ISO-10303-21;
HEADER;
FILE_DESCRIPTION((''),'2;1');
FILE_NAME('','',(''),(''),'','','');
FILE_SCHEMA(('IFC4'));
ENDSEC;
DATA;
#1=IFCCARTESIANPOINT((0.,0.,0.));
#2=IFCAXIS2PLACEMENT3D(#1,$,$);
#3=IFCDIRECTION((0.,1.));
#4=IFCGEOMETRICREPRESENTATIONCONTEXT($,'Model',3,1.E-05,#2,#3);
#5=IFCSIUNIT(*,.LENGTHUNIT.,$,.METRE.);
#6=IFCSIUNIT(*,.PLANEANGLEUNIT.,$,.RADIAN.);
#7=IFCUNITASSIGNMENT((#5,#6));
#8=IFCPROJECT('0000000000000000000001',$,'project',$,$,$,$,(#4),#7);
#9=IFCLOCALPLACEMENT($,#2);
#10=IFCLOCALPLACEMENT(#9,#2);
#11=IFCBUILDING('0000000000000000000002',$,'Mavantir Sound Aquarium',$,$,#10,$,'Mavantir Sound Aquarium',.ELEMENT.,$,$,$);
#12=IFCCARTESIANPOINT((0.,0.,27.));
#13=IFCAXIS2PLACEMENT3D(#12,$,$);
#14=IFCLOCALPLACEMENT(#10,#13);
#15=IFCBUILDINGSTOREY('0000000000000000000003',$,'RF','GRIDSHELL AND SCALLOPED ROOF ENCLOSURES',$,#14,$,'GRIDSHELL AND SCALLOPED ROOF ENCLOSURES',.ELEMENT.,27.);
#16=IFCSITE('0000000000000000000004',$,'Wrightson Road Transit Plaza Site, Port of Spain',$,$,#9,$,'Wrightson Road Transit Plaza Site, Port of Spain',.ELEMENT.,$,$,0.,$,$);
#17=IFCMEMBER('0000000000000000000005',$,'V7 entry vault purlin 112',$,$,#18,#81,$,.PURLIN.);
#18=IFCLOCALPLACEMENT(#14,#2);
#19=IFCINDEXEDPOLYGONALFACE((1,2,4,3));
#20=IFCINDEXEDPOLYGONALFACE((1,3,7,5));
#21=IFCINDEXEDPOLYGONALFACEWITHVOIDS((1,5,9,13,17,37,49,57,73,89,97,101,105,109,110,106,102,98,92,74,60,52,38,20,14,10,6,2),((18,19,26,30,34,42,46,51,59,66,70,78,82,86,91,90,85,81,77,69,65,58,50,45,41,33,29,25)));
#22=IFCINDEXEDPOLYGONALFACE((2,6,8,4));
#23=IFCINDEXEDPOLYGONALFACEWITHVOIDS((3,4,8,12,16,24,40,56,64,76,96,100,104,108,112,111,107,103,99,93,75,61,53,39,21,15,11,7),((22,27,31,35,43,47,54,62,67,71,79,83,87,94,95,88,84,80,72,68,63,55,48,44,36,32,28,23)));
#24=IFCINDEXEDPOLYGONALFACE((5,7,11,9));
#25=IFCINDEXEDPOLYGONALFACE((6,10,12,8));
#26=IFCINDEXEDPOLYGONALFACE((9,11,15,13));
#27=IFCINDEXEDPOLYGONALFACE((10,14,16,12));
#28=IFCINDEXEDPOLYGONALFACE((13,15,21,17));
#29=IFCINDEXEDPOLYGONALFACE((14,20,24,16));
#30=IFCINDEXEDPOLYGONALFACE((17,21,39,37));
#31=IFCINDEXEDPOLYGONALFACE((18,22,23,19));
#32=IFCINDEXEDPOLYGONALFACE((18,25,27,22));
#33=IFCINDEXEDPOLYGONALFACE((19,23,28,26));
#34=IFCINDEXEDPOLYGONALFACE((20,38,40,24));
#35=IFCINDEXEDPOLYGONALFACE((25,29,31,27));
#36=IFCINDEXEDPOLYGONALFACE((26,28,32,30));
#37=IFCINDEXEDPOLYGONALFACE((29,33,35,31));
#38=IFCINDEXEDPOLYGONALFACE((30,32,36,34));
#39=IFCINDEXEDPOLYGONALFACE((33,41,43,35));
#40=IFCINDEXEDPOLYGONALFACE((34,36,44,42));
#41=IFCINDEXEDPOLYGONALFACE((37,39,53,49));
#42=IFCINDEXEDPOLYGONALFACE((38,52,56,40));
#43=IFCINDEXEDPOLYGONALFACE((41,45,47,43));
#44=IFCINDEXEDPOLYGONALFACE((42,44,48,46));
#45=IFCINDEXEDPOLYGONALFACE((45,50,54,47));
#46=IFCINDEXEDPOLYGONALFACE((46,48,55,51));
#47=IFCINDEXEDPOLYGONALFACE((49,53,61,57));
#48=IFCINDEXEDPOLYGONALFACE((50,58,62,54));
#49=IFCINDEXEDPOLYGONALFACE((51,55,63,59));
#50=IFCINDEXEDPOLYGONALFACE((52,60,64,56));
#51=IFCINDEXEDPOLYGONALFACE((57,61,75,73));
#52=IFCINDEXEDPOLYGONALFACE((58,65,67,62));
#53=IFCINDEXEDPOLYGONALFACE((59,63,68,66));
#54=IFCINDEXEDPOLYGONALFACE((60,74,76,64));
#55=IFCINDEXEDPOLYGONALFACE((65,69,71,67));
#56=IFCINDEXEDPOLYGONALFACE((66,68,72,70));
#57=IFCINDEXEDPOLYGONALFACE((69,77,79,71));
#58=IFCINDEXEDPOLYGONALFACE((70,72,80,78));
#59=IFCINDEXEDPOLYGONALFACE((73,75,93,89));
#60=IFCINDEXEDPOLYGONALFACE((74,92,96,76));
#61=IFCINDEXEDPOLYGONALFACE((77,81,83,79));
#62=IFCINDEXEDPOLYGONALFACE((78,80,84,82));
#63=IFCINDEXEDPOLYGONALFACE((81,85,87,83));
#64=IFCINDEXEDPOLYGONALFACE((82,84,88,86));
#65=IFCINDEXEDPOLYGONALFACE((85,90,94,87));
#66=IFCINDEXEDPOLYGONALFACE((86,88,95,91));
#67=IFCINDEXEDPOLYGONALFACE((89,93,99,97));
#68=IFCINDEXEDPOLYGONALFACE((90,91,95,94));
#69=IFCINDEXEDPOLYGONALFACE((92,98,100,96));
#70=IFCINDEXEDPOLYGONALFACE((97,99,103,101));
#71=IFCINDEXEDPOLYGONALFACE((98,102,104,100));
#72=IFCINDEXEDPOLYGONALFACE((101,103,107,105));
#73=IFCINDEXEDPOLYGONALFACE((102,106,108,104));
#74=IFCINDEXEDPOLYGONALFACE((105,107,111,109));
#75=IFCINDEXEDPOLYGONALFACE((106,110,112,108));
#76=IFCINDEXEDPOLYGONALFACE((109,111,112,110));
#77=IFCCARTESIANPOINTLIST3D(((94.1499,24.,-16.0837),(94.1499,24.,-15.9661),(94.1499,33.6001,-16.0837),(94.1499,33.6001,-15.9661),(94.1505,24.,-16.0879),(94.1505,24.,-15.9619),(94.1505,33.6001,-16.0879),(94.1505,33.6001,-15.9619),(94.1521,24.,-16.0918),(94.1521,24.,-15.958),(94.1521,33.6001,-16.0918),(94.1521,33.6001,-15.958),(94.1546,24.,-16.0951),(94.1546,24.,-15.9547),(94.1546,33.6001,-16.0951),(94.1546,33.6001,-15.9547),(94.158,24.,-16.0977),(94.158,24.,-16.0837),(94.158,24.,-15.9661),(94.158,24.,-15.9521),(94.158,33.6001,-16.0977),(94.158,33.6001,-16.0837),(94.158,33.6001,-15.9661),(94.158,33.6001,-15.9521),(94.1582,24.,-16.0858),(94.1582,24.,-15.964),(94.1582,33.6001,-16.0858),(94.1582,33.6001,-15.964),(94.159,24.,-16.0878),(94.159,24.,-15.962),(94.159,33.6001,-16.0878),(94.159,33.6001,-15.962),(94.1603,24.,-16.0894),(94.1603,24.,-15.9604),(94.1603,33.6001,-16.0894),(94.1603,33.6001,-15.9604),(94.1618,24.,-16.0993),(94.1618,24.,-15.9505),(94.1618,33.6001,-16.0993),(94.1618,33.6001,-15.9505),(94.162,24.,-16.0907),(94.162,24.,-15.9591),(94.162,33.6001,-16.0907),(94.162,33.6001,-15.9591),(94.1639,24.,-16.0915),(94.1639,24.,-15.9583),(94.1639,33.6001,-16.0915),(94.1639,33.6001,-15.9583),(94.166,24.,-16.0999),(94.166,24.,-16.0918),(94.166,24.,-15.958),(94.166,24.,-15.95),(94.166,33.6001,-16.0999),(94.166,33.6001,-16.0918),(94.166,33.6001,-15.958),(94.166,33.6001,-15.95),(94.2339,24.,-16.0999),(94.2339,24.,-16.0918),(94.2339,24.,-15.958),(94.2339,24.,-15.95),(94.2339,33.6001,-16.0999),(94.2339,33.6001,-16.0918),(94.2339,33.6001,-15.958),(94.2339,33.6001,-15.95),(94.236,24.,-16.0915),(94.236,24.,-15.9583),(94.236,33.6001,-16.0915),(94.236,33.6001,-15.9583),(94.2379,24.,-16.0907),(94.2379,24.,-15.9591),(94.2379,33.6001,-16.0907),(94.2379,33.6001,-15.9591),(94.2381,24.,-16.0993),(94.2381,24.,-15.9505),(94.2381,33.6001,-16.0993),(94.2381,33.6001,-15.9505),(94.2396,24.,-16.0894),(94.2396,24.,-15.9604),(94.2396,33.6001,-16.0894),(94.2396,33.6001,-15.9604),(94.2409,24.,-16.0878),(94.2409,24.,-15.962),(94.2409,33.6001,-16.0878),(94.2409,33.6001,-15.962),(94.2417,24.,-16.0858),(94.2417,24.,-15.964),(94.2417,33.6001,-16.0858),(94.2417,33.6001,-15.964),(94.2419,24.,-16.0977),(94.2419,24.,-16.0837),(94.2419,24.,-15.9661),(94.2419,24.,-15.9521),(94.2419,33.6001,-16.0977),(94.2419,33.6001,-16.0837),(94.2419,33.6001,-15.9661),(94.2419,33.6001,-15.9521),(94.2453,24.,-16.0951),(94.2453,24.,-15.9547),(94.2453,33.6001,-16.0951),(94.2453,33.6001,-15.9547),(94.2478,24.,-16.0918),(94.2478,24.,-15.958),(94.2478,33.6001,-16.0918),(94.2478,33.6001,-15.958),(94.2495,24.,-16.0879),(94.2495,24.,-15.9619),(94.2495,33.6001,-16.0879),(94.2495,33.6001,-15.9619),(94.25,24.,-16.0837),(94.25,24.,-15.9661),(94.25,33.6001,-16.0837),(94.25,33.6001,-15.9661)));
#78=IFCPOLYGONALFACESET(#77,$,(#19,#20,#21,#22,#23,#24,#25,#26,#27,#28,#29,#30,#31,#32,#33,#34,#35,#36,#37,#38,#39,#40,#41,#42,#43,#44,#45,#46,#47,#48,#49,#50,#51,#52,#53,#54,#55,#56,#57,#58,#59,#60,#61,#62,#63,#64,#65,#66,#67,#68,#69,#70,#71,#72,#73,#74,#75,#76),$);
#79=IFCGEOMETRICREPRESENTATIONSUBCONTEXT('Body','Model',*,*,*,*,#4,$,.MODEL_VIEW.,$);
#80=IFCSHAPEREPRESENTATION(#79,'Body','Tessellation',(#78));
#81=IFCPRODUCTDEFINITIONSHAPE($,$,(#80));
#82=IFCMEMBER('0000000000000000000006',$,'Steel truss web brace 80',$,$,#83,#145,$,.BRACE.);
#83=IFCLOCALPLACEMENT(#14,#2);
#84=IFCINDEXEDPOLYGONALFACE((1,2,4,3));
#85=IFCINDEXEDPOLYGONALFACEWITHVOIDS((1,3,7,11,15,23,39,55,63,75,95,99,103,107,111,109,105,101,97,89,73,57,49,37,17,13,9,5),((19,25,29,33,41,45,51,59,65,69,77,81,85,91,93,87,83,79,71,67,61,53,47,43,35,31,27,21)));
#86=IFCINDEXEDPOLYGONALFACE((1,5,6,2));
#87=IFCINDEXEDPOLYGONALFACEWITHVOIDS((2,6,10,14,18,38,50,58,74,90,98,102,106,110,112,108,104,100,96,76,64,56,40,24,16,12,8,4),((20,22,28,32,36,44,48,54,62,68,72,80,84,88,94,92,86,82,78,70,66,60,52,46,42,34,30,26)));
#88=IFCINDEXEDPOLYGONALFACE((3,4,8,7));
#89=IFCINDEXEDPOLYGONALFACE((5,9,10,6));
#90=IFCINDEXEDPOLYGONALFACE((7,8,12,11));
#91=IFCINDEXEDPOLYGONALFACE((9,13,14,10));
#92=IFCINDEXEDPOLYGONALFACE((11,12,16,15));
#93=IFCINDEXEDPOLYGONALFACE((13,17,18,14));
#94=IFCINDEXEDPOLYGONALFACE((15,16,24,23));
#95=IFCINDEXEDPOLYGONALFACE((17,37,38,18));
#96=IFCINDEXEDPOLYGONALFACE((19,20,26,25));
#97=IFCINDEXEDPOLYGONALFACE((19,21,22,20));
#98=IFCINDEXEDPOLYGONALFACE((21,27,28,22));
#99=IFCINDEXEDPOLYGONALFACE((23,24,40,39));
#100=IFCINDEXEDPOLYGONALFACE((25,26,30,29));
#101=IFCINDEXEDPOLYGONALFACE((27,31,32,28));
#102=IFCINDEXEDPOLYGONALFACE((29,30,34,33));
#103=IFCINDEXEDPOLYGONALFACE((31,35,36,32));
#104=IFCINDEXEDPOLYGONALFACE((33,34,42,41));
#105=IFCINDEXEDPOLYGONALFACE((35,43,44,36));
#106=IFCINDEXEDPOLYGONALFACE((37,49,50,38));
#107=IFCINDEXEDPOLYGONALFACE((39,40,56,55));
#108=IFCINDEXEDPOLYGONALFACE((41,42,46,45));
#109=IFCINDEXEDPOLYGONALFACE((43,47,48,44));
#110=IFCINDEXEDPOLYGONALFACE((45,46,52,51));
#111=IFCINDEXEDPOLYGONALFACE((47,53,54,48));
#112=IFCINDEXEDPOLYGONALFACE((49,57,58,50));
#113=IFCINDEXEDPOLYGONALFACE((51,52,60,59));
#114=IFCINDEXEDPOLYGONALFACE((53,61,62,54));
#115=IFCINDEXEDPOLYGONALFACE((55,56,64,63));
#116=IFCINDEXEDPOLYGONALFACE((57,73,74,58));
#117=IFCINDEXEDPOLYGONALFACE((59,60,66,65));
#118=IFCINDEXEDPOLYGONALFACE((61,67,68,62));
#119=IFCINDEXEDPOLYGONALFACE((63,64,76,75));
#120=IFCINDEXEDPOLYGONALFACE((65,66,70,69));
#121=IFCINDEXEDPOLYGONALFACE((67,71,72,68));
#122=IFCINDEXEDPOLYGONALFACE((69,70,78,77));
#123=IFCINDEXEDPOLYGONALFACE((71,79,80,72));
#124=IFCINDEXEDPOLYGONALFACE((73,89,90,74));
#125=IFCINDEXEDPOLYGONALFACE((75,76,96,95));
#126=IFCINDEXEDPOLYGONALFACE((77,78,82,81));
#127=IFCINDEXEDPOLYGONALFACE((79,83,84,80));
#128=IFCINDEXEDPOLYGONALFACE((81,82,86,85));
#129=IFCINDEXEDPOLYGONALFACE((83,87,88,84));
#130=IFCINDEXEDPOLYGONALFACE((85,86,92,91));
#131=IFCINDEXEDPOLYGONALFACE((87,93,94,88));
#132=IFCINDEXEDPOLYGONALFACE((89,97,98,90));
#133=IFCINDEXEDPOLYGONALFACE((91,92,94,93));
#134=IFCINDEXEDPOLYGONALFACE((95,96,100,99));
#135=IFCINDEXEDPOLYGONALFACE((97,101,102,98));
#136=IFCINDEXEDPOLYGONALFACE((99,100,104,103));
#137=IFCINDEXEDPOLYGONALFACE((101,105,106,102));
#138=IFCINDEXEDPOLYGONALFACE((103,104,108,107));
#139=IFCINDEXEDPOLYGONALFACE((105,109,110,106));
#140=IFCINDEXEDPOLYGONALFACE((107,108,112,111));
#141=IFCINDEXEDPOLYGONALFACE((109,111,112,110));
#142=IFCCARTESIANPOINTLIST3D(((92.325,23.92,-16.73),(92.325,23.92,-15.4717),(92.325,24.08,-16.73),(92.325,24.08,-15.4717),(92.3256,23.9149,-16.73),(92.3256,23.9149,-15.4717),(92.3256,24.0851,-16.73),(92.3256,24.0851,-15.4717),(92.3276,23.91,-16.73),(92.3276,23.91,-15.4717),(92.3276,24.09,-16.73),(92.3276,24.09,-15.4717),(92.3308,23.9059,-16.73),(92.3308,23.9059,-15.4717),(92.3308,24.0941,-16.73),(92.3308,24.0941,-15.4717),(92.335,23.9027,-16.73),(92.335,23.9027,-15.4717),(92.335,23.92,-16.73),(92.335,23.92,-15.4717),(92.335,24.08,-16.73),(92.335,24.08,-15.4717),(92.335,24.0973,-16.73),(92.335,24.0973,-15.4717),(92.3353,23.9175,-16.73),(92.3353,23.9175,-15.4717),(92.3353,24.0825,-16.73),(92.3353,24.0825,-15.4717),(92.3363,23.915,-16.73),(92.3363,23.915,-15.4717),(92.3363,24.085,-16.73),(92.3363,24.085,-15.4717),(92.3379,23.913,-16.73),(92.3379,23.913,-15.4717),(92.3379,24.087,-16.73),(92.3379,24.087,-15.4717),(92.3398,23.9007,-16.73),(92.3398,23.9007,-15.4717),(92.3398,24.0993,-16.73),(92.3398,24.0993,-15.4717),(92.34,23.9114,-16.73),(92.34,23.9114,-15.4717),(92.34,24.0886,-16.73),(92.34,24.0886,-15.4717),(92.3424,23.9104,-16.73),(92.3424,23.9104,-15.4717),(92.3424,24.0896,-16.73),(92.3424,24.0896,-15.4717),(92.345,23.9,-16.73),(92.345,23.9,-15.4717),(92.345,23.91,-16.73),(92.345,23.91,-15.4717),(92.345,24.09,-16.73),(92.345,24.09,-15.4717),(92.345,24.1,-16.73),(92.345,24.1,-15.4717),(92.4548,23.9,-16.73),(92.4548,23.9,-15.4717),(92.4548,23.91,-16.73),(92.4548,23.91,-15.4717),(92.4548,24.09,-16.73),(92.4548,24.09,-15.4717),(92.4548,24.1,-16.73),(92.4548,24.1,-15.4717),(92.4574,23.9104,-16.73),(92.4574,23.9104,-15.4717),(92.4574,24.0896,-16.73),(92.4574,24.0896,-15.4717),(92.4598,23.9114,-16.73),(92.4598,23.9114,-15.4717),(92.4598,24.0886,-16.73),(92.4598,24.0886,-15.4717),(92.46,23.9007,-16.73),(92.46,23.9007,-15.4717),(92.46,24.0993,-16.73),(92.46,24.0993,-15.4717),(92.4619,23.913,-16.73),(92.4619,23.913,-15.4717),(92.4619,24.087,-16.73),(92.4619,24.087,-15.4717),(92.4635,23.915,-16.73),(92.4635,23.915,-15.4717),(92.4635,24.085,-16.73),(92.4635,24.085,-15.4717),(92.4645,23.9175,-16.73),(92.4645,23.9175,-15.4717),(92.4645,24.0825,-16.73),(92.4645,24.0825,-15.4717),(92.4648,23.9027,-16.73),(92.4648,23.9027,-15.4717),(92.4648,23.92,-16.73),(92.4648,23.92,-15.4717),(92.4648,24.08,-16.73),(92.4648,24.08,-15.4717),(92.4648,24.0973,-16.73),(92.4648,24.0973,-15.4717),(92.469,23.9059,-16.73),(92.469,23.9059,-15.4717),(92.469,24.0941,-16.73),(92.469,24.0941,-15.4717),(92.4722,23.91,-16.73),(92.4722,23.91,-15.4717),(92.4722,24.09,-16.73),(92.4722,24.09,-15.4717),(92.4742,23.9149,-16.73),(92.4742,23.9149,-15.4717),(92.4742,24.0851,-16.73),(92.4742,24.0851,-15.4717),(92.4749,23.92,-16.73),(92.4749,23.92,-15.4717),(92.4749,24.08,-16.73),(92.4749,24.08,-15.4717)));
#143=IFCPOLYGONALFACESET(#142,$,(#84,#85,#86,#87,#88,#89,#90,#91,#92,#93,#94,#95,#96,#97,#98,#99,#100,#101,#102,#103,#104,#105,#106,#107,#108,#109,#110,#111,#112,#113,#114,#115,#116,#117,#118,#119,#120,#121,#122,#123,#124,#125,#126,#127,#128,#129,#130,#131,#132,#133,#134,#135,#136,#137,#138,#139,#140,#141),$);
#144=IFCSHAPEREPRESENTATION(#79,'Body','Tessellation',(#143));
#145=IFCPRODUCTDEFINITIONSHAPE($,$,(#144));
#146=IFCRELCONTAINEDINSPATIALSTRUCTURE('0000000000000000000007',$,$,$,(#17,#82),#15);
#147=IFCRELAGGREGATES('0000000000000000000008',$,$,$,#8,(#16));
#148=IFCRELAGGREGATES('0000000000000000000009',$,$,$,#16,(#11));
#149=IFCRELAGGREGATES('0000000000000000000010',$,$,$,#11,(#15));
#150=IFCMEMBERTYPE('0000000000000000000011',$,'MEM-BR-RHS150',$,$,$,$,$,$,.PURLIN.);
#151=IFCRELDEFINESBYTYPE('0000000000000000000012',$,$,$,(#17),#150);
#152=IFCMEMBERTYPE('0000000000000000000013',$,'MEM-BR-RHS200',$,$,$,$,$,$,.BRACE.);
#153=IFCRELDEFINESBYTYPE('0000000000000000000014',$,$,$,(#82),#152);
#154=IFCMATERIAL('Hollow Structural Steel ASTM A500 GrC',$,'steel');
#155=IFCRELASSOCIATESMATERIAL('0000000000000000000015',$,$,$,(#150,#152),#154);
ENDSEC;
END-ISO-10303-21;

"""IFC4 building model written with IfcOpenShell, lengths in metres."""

from ifc_helpers import new_model, si_unit, direction, frame, origin, origin_2d, place, context, subcontext, project, spatial, hollow_rectangle, extrude, material, material_profile, profile_set, type_object, element, save


model = new_model("IFC4")

# Units and contexts
model_context = context("Model", 3, precision=1e-05, world=origin(), true_north=direction((0.0, 1.0)))
body_context = subcontext(model_context, "Body", "Model", "MODEL_VIEW")
ifc_project = project(units=[si_unit("LENGTHUNIT", "METRE"), si_unit("PLANEANGLEUNIT", "RADIAN")], contexts=[model_context])

# Site, building, storey
site_placement = place(None, origin())
site = spatial("IfcSite", under=ifc_project, at=site_placement, Name="Wrightson Road Transit Plaza Site, Port of Spain", LongName="Wrightson Road Transit Plaza Site, Port of Spain", CompositionType="ELEMENT", RefElevation=0.0)
building_placement = place(site_placement, origin())
building = spatial("IfcBuilding", under=site, at=building_placement, Name="Mavantir Sound Aquarium", LongName="Mavantir Sound Aquarium", CompositionType="ELEMENT")
storey_placement = place(building_placement, frame((0.0, 0.0, 27.0)))
storey = spatial("IfcBuildingStorey", under=building, at=storey_placement, Name="RF", Description="GRIDSHELL AND SCALLOPED ROOF ENCLOSURES", LongName="GRIDSHELL AND SCALLOPED ROOF ENCLOSURES", CompositionType="ELEMENT", Elevation=27.0)

# Shared definitions
ifc_material_1 = material(Name="Hollow Structural Steel ASTM A500 GrC", Category="steel")

# Members
ifc_material_profile_1 = material_profile(ifc_material_1, hollow_rectangle(XDim=0.1001, YDim=0.1499, WallThickness=0.0081, InnerFilletRadius=0.0081, OuterFilletRadius=0.0161, at=origin_2d()), Name="RHS 150X100X8")
ifc_profile_set_1 = profile_set([ifc_material_profile_1], Name="Hollow Structural Steel ASTM A500 GrC")
member_type_1 = type_object("IfcMemberType", Name="MEM-BR-RHS150", PredefinedType="PURLIN", material=ifc_profile_set_1)
for number, where, z_axis, x_axis, name in (
    (1, (94.2, 24.0, -16.0249), (0.0, 1.0, 0.0), (-1.0, 0.0, 0.0), "V7 entry vault purlin 112"),
):
    element("IfcMember", number, at=place(storey_placement, frame(where, z_axis=z_axis, x_axis=x_axis)), inside=storey, type_object=member_type_1, Name=name, PredefinedType="PURLIN", context=body_context, shape_type="SweptSolid", body=[
        extrude(hollow_rectangle(XDim=0.1001, YDim=0.1499, WallThickness=0.0081, InnerFilletRadius=0.0081, OuterFilletRadius=0.0161, at=origin_2d()), origin(), (0.0, 0.0, 1.0), 9.6001),
    ])
ifc_material_profile_2 = material_profile(ifc_material_1, hollow_rectangle(XDim=0.1499, YDim=0.2, WallThickness=0.01, InnerFilletRadius=0.01, OuterFilletRadius=0.02, at=origin_2d()), Name="RHS 200X150X10")
ifc_profile_set_2 = profile_set([ifc_material_profile_2], Name="Hollow Structural Steel ASTM A500 GrC")
member_type_2 = type_object("IfcMemberType", Name="MEM-BR-RHS200", PredefinedType="BRACE", material=ifc_profile_set_2)
member_1_placement = place(storey_placement, frame((92.3999, 24.0, -16.73), z_axis=(0.0, 0.0, 1.0), x_axis=(1.0, 0.0, 0.0)))
element("IfcMember", 2, at=member_1_placement, inside=storey, type_object=member_type_2, Name="Steel truss web brace 80", PredefinedType="BRACE", context=body_context, shape_type="SweptSolid", body=[
    extrude(hollow_rectangle(XDim=0.1499, YDim=0.2, WallThickness=0.01, InnerFilletRadius=0.01, OuterFilletRadius=0.02, at=origin_2d()), origin(), (0.0, 0.0, 1.0), 1.2583),
])

save(model, "model.ifc")
